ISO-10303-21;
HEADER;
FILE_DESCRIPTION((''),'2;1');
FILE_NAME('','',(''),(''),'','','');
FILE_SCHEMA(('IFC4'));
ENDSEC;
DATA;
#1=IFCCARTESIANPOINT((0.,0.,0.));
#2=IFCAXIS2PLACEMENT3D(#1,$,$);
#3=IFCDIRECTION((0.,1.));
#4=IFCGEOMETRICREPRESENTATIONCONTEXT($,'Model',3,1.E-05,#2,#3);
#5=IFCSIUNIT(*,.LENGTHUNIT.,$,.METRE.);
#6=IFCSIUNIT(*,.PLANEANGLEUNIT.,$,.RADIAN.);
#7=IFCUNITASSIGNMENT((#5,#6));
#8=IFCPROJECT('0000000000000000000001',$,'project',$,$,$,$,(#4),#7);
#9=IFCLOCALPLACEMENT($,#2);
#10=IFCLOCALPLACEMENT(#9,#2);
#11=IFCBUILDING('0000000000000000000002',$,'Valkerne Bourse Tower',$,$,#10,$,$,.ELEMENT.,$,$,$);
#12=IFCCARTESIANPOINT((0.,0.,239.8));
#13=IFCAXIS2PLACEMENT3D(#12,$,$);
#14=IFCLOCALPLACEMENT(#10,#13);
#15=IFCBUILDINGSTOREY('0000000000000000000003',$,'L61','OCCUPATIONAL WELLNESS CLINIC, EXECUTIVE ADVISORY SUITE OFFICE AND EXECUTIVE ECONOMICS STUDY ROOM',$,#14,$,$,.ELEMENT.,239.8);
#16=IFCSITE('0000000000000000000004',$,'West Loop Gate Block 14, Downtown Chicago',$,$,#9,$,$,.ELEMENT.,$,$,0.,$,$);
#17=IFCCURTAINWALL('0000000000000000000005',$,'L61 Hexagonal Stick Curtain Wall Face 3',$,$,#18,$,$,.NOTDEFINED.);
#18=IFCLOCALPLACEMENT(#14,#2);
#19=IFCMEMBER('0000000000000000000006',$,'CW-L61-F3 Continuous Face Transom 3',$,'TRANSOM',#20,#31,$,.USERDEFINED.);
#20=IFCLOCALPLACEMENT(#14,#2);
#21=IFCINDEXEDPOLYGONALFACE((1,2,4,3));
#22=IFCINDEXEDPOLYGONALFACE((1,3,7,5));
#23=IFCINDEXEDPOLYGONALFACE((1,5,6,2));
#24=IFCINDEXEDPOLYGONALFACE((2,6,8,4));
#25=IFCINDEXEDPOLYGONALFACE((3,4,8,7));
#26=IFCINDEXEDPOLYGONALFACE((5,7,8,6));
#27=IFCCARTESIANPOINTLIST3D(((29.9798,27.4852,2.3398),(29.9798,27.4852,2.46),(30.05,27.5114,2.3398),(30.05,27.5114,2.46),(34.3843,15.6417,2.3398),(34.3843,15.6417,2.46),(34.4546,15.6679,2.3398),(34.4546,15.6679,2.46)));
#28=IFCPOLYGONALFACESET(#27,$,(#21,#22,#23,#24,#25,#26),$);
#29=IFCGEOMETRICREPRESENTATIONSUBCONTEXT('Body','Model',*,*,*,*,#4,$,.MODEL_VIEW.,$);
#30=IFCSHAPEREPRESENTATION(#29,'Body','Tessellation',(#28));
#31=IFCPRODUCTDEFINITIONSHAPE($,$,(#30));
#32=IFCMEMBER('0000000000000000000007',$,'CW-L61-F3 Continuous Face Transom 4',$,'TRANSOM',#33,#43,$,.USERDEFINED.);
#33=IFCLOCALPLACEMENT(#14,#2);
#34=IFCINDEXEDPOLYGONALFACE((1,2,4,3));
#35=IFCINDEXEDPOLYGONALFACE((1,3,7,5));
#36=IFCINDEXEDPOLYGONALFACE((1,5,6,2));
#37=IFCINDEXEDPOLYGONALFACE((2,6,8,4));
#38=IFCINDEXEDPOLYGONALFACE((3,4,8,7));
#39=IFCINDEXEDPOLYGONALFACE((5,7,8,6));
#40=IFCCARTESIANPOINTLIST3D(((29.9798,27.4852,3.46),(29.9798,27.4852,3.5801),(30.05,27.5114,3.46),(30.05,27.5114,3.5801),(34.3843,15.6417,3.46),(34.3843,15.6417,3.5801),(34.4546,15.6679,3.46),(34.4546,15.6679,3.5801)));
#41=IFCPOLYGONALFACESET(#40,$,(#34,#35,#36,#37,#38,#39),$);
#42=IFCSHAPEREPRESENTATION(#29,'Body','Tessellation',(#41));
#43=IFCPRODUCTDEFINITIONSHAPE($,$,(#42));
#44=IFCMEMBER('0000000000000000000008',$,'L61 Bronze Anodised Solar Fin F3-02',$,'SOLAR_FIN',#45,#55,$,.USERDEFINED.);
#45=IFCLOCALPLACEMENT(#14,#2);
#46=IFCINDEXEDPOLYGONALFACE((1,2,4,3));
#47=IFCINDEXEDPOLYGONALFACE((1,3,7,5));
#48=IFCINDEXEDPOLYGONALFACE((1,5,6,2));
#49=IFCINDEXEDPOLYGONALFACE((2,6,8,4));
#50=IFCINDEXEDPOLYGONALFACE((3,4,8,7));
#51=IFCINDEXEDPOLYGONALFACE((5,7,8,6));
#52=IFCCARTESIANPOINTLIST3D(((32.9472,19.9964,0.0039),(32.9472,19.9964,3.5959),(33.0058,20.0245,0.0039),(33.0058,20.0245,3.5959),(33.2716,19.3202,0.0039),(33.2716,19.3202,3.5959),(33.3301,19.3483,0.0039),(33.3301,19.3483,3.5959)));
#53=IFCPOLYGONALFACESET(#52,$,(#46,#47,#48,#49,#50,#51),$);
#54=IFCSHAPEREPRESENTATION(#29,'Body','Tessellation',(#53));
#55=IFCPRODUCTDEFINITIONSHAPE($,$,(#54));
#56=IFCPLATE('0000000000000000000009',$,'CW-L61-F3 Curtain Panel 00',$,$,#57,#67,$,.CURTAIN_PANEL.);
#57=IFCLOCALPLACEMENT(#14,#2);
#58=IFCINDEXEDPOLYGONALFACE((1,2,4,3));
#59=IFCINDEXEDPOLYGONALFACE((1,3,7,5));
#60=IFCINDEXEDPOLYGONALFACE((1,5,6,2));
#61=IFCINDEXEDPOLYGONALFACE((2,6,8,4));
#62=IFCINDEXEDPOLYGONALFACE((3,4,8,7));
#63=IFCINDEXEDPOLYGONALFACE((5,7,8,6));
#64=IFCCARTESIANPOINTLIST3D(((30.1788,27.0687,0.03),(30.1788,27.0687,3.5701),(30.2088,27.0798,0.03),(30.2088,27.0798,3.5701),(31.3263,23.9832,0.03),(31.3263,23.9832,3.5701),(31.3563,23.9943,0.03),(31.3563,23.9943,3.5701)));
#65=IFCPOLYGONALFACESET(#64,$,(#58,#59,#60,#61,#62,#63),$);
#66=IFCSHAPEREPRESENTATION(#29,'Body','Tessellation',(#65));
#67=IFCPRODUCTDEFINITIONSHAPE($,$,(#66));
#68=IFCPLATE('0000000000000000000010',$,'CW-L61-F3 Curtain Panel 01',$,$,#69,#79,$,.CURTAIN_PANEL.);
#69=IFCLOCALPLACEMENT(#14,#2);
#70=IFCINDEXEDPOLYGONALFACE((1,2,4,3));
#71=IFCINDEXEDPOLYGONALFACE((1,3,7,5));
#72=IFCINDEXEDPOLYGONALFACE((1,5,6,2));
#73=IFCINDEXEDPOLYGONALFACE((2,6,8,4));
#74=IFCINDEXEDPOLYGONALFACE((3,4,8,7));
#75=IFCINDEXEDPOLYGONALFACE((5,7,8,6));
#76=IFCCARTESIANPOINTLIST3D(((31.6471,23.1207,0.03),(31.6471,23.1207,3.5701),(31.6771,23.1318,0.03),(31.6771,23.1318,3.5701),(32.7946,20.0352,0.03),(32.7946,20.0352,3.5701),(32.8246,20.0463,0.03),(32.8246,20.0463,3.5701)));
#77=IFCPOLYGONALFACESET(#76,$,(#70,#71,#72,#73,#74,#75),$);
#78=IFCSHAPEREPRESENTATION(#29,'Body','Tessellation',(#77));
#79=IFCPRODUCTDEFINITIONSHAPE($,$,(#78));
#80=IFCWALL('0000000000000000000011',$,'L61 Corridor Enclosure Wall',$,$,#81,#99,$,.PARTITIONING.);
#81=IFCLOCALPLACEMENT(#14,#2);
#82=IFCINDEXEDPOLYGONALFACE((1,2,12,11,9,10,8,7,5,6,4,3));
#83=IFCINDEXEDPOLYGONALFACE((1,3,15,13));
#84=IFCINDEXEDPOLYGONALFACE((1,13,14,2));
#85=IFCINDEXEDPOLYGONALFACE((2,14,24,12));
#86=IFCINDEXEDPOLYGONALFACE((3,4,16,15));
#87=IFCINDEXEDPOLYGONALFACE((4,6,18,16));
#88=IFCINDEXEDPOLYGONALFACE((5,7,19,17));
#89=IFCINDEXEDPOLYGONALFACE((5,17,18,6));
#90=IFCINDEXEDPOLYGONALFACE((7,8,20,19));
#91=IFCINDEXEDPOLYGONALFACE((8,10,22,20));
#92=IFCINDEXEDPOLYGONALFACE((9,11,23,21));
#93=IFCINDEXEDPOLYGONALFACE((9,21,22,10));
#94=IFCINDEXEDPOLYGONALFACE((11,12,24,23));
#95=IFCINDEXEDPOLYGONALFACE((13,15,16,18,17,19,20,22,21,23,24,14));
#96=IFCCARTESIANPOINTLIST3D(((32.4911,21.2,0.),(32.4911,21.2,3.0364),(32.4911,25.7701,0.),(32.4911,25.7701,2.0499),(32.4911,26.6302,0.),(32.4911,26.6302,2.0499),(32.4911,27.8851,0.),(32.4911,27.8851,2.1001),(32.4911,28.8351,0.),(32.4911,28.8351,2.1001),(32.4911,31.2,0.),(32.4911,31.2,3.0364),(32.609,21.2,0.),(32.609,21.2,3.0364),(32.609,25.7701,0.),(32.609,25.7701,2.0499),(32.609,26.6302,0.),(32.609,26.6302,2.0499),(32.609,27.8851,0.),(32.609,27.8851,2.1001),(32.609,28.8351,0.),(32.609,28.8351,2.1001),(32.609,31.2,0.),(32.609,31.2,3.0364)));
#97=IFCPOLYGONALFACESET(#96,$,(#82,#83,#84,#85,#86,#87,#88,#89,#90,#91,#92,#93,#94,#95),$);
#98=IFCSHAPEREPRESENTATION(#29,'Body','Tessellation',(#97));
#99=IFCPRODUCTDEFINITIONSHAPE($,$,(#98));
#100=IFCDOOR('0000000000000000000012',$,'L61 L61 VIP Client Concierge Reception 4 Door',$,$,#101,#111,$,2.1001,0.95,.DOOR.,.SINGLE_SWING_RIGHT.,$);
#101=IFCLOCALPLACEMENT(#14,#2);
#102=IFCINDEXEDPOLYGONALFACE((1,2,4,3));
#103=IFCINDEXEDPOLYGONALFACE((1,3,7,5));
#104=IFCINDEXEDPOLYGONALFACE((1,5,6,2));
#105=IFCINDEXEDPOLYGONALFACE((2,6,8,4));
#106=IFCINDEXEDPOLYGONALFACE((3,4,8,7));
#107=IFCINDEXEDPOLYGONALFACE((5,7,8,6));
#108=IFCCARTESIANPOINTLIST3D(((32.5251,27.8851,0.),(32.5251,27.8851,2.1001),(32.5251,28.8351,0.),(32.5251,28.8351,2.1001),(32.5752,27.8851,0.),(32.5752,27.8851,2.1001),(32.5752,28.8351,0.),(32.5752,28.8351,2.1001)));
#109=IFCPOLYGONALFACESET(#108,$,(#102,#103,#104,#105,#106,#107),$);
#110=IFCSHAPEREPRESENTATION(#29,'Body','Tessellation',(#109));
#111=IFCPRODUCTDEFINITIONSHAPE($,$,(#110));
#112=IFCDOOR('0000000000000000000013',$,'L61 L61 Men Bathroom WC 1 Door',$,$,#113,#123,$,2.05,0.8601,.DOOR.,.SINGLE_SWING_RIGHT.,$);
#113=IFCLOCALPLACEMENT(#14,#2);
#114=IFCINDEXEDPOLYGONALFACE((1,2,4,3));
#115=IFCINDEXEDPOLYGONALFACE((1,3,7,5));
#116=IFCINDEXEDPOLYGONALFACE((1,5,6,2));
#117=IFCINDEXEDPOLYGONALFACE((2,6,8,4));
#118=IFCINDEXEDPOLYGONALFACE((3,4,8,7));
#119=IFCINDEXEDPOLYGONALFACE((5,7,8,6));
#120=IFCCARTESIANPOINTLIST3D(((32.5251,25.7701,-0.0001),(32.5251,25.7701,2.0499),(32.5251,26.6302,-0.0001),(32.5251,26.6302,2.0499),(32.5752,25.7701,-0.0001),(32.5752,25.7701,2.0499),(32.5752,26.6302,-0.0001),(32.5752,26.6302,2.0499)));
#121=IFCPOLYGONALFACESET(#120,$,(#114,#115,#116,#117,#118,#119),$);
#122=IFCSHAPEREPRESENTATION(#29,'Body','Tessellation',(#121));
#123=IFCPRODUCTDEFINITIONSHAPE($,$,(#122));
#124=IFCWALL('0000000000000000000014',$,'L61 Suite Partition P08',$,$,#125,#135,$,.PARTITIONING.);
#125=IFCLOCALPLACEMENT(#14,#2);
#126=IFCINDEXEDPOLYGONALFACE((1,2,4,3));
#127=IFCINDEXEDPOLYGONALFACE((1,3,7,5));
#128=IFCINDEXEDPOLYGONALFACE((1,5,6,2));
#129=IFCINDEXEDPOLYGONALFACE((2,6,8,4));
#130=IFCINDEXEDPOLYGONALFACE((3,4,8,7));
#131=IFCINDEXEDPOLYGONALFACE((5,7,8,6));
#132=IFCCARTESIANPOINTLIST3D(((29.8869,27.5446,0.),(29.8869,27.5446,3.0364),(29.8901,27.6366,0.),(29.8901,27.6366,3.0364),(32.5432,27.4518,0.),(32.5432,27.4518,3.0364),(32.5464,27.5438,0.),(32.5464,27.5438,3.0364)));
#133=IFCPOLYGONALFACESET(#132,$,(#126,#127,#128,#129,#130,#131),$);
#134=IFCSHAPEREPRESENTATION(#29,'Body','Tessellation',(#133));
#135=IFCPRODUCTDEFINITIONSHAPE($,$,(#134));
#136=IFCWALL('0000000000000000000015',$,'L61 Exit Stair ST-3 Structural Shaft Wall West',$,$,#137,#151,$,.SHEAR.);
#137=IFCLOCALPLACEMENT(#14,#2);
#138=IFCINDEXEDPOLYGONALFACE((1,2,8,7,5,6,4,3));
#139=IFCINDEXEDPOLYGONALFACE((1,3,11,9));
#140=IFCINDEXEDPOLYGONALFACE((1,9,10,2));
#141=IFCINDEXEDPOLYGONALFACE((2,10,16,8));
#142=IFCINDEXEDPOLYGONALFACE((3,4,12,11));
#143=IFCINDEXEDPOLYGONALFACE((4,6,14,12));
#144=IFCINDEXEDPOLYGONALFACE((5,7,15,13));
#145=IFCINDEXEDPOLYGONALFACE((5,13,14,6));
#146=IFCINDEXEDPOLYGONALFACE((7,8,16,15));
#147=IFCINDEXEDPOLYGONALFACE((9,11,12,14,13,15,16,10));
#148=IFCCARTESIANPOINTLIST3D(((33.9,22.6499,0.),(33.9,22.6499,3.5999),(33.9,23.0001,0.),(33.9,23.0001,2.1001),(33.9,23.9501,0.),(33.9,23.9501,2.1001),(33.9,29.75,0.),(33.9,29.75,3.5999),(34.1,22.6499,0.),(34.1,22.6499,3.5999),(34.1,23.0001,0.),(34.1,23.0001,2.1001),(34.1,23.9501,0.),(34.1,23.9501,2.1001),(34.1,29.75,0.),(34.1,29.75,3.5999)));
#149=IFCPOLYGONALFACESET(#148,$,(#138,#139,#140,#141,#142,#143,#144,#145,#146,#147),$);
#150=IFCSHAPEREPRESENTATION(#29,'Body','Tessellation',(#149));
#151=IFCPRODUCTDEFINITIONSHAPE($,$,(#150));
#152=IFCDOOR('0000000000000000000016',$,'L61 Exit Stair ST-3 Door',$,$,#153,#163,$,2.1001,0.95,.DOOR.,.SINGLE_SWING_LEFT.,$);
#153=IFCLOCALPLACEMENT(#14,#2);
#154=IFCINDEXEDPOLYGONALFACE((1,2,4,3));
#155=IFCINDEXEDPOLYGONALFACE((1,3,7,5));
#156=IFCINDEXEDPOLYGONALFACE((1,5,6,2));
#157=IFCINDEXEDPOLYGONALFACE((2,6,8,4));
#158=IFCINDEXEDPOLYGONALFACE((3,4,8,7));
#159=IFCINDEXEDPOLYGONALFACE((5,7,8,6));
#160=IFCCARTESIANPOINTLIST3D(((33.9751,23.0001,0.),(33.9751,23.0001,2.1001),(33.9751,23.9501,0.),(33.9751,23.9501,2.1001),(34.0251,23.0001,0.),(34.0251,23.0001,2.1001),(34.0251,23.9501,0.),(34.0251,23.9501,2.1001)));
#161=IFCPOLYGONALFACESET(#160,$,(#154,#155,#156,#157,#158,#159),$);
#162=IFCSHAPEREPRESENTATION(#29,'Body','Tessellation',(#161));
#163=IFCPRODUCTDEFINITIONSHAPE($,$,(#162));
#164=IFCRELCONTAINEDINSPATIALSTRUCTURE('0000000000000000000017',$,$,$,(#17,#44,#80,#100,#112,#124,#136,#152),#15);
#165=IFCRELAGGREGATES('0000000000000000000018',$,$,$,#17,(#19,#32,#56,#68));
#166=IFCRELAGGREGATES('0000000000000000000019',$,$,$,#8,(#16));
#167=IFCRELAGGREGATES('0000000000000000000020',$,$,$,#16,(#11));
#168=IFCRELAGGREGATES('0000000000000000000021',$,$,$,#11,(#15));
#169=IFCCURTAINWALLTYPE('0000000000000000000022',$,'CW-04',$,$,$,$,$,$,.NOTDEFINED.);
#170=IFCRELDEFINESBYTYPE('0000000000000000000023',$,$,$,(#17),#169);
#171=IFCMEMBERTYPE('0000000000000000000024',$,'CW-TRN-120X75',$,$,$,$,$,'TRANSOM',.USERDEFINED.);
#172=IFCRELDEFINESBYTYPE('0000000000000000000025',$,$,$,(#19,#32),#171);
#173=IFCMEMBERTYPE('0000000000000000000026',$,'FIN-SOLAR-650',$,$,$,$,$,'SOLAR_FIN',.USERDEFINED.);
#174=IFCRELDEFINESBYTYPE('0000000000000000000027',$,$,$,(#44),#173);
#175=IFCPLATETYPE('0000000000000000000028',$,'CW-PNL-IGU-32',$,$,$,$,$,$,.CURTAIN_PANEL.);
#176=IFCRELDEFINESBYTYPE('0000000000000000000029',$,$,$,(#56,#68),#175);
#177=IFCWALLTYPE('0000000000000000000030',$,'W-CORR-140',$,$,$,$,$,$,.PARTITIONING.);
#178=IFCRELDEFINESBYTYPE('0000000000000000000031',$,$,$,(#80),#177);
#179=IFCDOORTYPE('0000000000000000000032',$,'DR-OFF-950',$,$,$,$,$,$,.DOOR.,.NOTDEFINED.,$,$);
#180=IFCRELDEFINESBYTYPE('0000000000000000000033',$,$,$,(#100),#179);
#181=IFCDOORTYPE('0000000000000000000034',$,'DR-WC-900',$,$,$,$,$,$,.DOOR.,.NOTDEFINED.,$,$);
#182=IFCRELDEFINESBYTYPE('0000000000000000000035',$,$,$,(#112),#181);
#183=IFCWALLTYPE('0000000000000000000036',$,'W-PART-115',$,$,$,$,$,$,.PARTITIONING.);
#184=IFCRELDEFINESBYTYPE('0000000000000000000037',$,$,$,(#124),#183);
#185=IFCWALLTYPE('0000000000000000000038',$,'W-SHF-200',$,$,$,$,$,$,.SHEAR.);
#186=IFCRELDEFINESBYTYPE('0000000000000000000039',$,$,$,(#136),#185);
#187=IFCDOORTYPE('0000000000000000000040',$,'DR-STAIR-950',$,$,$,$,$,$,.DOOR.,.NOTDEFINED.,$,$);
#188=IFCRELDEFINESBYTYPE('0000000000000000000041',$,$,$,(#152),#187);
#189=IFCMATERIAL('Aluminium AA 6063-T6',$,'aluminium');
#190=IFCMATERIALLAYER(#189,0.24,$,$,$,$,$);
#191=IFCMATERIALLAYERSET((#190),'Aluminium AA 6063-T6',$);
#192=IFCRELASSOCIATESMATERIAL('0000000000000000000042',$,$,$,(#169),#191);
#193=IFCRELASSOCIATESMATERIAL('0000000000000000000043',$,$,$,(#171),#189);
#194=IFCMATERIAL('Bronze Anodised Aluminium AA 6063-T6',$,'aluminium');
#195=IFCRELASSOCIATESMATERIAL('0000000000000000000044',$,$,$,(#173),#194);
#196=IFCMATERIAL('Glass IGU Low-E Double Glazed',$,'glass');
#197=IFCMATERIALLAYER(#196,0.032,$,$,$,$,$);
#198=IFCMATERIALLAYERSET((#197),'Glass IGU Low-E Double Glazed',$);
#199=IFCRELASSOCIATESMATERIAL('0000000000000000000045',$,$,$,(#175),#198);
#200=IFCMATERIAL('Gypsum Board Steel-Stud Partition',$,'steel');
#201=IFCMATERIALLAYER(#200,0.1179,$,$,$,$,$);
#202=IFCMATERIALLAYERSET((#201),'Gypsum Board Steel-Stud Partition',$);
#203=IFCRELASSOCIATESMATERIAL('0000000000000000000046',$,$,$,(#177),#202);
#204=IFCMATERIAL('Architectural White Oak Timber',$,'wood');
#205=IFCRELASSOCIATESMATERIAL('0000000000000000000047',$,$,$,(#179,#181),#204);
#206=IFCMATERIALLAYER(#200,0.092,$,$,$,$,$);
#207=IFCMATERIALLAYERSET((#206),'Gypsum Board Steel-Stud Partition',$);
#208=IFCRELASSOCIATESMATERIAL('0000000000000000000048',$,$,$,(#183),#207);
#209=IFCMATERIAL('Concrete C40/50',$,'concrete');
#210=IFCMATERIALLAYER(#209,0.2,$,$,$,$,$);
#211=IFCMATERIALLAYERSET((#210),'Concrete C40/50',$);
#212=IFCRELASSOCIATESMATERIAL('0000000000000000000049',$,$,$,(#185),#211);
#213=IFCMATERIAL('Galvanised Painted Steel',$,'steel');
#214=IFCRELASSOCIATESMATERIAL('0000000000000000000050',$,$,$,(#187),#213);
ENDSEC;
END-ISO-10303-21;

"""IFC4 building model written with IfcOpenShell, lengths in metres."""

from ifc_helpers import new_model, si_unit, direction, frame, frame_2d, origin, origin_2d, place, context, subcontext, project, spatial, rectangle, extrude, material, layer, layer_set, material_profile, profile_set, type_object, element, fill, aggregate, save


model = new_model("IFC4")

# Units and contexts
model_context = context("Model", 3, precision=1e-05, world=origin(), true_north=direction((0.0, 1.0)))
body_context = subcontext(model_context, "Body", "Model", "MODEL_VIEW")
ifc_project = project(units=[si_unit("LENGTHUNIT", "METRE"), si_unit("PLANEANGLEUNIT", "RADIAN")], contexts=[model_context])

# Site, building, storey
site_placement = place(None, origin())
site = spatial("IfcSite", under=ifc_project, at=site_placement, Name="West Loop Gate Block 14, Downtown Chicago", CompositionType="ELEMENT", RefElevation=0.0)
building_placement = place(site_placement, origin())
building = spatial("IfcBuilding", under=site, at=building_placement, Name="Valkerne Bourse Tower", CompositionType="ELEMENT")
storey_placement = place(building_placement, frame((0.0, 0.0, 239.8)))
storey = spatial("IfcBuildingStorey", under=building, at=storey_placement, Name="L61", Description="OCCUPATIONAL WELLNESS CLINIC, EXECUTIVE ADVISORY SUITE OFFICE AND EXECUTIVE ECONOMICS STUDY ROOM", CompositionType="ELEMENT", Elevation=239.8)

# Curtain wall, members
ifc_material_1 = material(Name="Aluminium AA 6063-T6", Category="aluminium")
ifc_layer_1 = layer(ifc_material_1, 0.24)
ifc_layer_set_1 = layer_set([ifc_layer_1], Name="Aluminium AA 6063-T6")
curtain_wall_type = type_object("IfcCurtainWallType", Name="CW-04", PredefinedType="NOTDEFINED", material=ifc_layer_set_1)
curtain_wall_placement = place(storey_placement, origin())
curtain_wall = element("IfcCurtainWall", 1, at=curtain_wall_placement, inside=storey, type_object=curtain_wall_type, Name="L61 Hexagonal Stick Curtain Wall Face 3", PredefinedType="NOTDEFINED")
ifc_material_profile_1 = material_profile(ifc_material_1, rectangle(XDim=0.075, YDim=0.1201, at=origin_2d()), Name="CWT-75X120")
ifc_profile_set_1 = profile_set([ifc_material_profile_1], Name="Aluminium AA 6063-T6")
member_type_1 = type_object("IfcMemberType", Name="CW-TRN-120X75", ElementType="TRANSOM", PredefinedType="USERDEFINED", material=ifc_profile_set_1)
member_1_placement = place(storey_placement, frame((30.0149, 27.4983, 2.3999), z_axis=(0.348571, -0.937282, 0.0), x_axis=(0.937282, 0.348571, 0.0)))
member_1 = element("IfcMember", 2, at=member_1_placement, type_object=member_type_1, Name="CW-L61-F3 Continuous Face Transom 3", ObjectType="TRANSOM", PredefinedType="USERDEFINED", context=body_context, shape_type="SweptSolid", body=[
    extrude(rectangle(XDim=0.075, YDim=0.1201, at=origin_2d()), origin(), (0.0, 0.0, 1.0), 12.636),
])
member_2_placement = place(storey_placement, frame((30.0149, 27.4983, 3.52), z_axis=(0.348571, -0.937282, 0.0), x_axis=(0.937282, 0.348571, 0.0)))
member_2 = element("IfcMember", 3, at=member_2_placement, type_object=member_type_1, Name="CW-L61-F3 Continuous Face Transom 4", ObjectType="TRANSOM", PredefinedType="USERDEFINED", context=body_context, shape_type="SweptSolid", body=[
    extrude(rectangle(XDim=0.075, YDim=0.1201, at=origin_2d()), origin(), (0.0, 0.0, 1.0), 12.636),
])

# Member
ifc_material_2 = material(Name="Bronze Anodised Aluminium AA 6063-T6", Category="aluminium")
ifc_material_profile_2 = material_profile(ifc_material_2, rectangle(XDim=0.0649, YDim=0.75, at=origin_2d()), Name="FIN-65X750")
ifc_profile_set_2 = profile_set([ifc_material_profile_2], Name="Bronze Anodised Aluminium AA 6063-T6")
member_type_2 = type_object("IfcMemberType", Name="FIN-SOLAR-650", ElementType="SOLAR_FIN", PredefinedType="USERDEFINED", material=ifc_profile_set_2)
member_3_placement = place(storey_placement, frame((33.1387, 19.6724, 0.0039), z_axis=(0.0, 0.0, 1.0), x_axis=(-0.901665, -0.432436, 0.0)))
element("IfcMember", 4, at=member_3_placement, inside=storey, type_object=member_type_2, Name="L61 Bronze Anodised Solar Fin F3-02", ObjectType="SOLAR_FIN", PredefinedType="USERDEFINED", context=body_context, shape_type="SweptSolid", body=[
    extrude(rectangle(XDim=0.0649, YDim=0.75, at=origin_2d()), origin(), (0.0, 0.0, 1.0), 3.592),
])

# Plates
ifc_material_3 = material(Name="Glass IGU Low-E Double Glazed", Category="glass")
ifc_layer_2 = layer(ifc_material_3, 0.032)
ifc_layer_set_2 = layer_set([ifc_layer_2], Name="Glass IGU Low-E Double Glazed")
plate_type = type_object("IfcPlateType", Name="CW-PNL-IGU-32", PredefinedType="CURTAIN_PANEL", material=ifc_layer_set_2)
plate_1_placement = place(storey_placement, frame((30.7676, 25.5315, 0.03), z_axis=(0.0, 0.0, 1.0), x_axis=(0.348578, -0.93728, 0.0)))
plate_1 = element("IfcPlate", 5, at=plate_1_placement, type_object=plate_type, Name="CW-L61-F3 Curtain Panel 00", PredefinedType="CURTAIN_PANEL", context=body_context, shape_type="SweptSolid", body=[
    extrude(rectangle(XDim=3.292, YDim=0.032, at=origin_2d()), origin(), (0.0, 0.0, 1.0), 3.54),
])
plate_2_placement = place(storey_placement, frame((32.2358, 21.5835, 0.03), z_axis=(0.0, 0.0, 1.0), x_axis=(0.34857, -0.937283, 0.0)))
plate_2 = element("IfcPlate", 6, at=plate_2_placement, type_object=plate_type, Name="CW-L61-F3 Curtain Panel 01", PredefinedType="CURTAIN_PANEL", context=body_context, shape_type="SweptSolid", body=[
    extrude(rectangle(XDim=3.292, YDim=0.032, at=origin_2d()), origin(), (0.0, 0.0, 1.0), 3.54),
])
aggregate(curtain_wall, [member_1, member_2, plate_1, plate_2])

# Wall, openings, doors
ifc_material_4 = material(Name="Gypsum Board Steel-Stud Partition", Category="steel")
ifc_layer_3 = layer(ifc_material_4, 0.1179)
ifc_layer_set_3 = layer_set([ifc_layer_3], Name="Gypsum Board Steel-Stud Partition")
wall_type_1 = type_object("IfcWallType", Name="W-CORR-140", PredefinedType="PARTITIONING", material=ifc_layer_set_3)
wall_1_placement = place(storey_placement, frame((32.55, 21.2, 0.0), z_axis=(0.0, 0.0, 1.0), x_axis=(0.0, 1.0, 0.0)))
wall_1 = element("IfcWall", 7, at=wall_1_placement, inside=storey, type_object=wall_type_1, Name="L61 Corridor Enclosure Wall", PredefinedType="PARTITIONING", context=body_context, shape_type="SweptSolid", body=[
    extrude(rectangle(XDim=10.0, YDim=0.1179, at=frame_2d((5.0, 0.0))), origin(), (0.0, 0.0, 1.0), 3.0364),
])
opening_1_placement = place(wall_1_placement, frame((4.5701, 0.0, 0.0)))
opening_1 = element("IfcOpeningElement", 8, at=opening_1_placement, cuts=wall_1, PredefinedType="OPENING", context=body_context, shape_type="SweptSolid", body=[
    extrude(rectangle(XDim=0.8601, YDim=2.05, at=frame_2d((0.4302, 1.0249))), frame((0.0, 0.0688, 0.0), z_axis=(0.0, -1.0, 0.0), x_axis=(1.0, 0.0, 0.0)), (0.0, 0.0, 1.0), 0.1379),
])
opening_2_placement = place(wall_1_placement, frame((6.6851, 0.0, 0.0)))
opening_2 = element("IfcOpeningElement", 9, at=opening_2_placement, cuts=wall_1, PredefinedType="OPENING", context=body_context, shape_type="SweptSolid", body=[
    extrude(rectangle(XDim=0.95, YDim=2.1001, at=frame_2d((0.4751, 1.05))), frame((0.0, 0.0688, 0.0), z_axis=(0.0, -1.0, 0.0), x_axis=(1.0, 0.0, 0.0)), (0.0, 0.0, 1.0), 0.1379),
])
ifc_material_5 = material(Name="Architectural White Oak Timber", Category="wood")
door_type_1 = type_object("IfcDoorType", Name="DR-OFF-950", OperationType="NOTDEFINED", PredefinedType="DOOR", material=ifc_material_5)
door_1_placement = place(opening_2_placement, origin())
door_1 = element("IfcDoor", 10, at=door_1_placement, inside=storey, type_object=door_type_1, Name="L61 L61 VIP Client Concierge Reception 4 Door", OperationType="SINGLE_SWING_RIGHT", OverallHeight=2.1001, OverallWidth=0.95, PredefinedType="DOOR", context=body_context, shape_type="SweptSolid", body=[
    extrude(rectangle(XDim=0.95, YDim=2.1001, at=frame_2d((0.4751, 1.05))), frame((0.0, 0.0249, 0.0), z_axis=(0.0, -1.0, 0.0), x_axis=(1.0, 0.0, 0.0)), (0.0, 0.0, 1.0), 0.05),
])
fill(opening_2, door_1)
door_type_2 = type_object("IfcDoorType", Name="DR-WC-900", OperationType="NOTDEFINED", PredefinedType="DOOR", material=ifc_material_5)
door_2_placement = place(opening_1_placement, origin())
door_2 = element("IfcDoor", 11, at=door_2_placement, inside=storey, type_object=door_type_2, Name="L61 L61 Men Bathroom WC 1 Door", OperationType="SINGLE_SWING_RIGHT", OverallHeight=2.05, OverallWidth=0.8601, PredefinedType="DOOR", context=body_context, shape_type="SweptSolid", body=[
    extrude(rectangle(XDim=0.8601, YDim=2.05, at=frame_2d((0.4302, 1.0249))), frame((0.0, 0.0249, 0.0), z_axis=(0.0, -1.0, 0.0), x_axis=(1.0, 0.0, 0.0)), (0.0, 0.0, 1.0), 0.05),
])
fill(opening_1, door_2)

# Wall
ifc_layer_4 = layer(ifc_material_4, 0.092)
ifc_layer_set_4 = layer_set([ifc_layer_4], Name="Gypsum Board Steel-Stud Partition")
wall_type_2 = type_object("IfcWallType", Name="W-PART-115", PredefinedType="PARTITIONING", material=ifc_layer_set_4)
wall_2_placement = place(storey_placement, frame((32.5449, 27.4978, 0.0), z_axis=(0.0, 0.0, 1.0), x_axis=(-0.999391, 0.034905, 0.0)))
element("IfcWall", 12, at=wall_2_placement, inside=storey, type_object=wall_type_2, Name="L61 Suite Partition P08", PredefinedType="PARTITIONING", context=body_context, shape_type="SweptSolid", body=[
    extrude(rectangle(XDim=2.658, YDim=0.092, at=frame_2d((1.3291, 0.0))), origin(), (0.0, 0.0, 1.0), 3.0364),
])

# Wall, opening, door
ifc_material_6 = material(Name="Concrete C40/50", Category="concrete")
ifc_layer_5 = layer(ifc_material_6, 0.2)
ifc_layer_set_5 = layer_set([ifc_layer_5], Name="Concrete C40/50")
wall_type_3 = type_object("IfcWallType", Name="W-SHF-200", PredefinedType="SHEAR", material=ifc_layer_set_5)
wall_3_placement = place(storey_placement, frame((34.0, 22.6499, 0.0), z_axis=(0.0, 0.0, 1.0), x_axis=(0.0, 1.0, 0.0)))
wall_3 = element("IfcWall", 13, at=wall_3_placement, inside=storey, type_object=wall_type_3, Name="L61 Exit Stair ST-3 Structural Shaft Wall West", PredefinedType="SHEAR", context=body_context, shape_type="SweptSolid", body=[
    extrude(rectangle(XDim=7.1001, YDim=0.2, at=frame_2d((3.55, 0.0))), origin(), (0.0, 0.0, 1.0), 3.5999),
])
opening_3_placement = place(wall_3_placement, frame((0.3501, 0.0, 0.0)))
opening_3 = element("IfcOpeningElement", 14, at=opening_3_placement, cuts=wall_3, PredefinedType="OPENING", context=body_context, shape_type="SweptSolid", body=[
    extrude(rectangle(XDim=0.95, YDim=2.1001, at=frame_2d((0.4751, 1.05))), frame((0.0, 0.1099, 0.0), z_axis=(0.0, -1.0, 0.0), x_axis=(1.0, 0.0, 0.0)), (0.0, 0.0, 1.0), 0.22),
])
ifc_material_7 = material(Name="Galvanised Painted Steel", Category="steel")
door_type_3 = type_object("IfcDoorType", Name="DR-STAIR-950", OperationType="NOTDEFINED", PredefinedType="DOOR", material=ifc_material_7)
door_3_placement = place(opening_3_placement, origin())
door_3 = element("IfcDoor", 15, at=door_3_placement, inside=storey, type_object=door_type_3, Name="L61 Exit Stair ST-3 Door", OperationType="SINGLE_SWING_LEFT", OverallHeight=2.1001, OverallWidth=0.95, PredefinedType="DOOR", context=body_context, shape_type="SweptSolid", body=[
    extrude(rectangle(XDim=0.95, YDim=2.1001, at=frame_2d((0.4751, 1.05))), frame((0.0, 0.0249, 0.0), z_axis=(0.0, -1.0, 0.0), x_axis=(1.0, 0.0, 0.0)), (0.0, 0.0, 1.0), 0.05),
])
fill(opening_3, door_3)

save(model, "model.ifc")
